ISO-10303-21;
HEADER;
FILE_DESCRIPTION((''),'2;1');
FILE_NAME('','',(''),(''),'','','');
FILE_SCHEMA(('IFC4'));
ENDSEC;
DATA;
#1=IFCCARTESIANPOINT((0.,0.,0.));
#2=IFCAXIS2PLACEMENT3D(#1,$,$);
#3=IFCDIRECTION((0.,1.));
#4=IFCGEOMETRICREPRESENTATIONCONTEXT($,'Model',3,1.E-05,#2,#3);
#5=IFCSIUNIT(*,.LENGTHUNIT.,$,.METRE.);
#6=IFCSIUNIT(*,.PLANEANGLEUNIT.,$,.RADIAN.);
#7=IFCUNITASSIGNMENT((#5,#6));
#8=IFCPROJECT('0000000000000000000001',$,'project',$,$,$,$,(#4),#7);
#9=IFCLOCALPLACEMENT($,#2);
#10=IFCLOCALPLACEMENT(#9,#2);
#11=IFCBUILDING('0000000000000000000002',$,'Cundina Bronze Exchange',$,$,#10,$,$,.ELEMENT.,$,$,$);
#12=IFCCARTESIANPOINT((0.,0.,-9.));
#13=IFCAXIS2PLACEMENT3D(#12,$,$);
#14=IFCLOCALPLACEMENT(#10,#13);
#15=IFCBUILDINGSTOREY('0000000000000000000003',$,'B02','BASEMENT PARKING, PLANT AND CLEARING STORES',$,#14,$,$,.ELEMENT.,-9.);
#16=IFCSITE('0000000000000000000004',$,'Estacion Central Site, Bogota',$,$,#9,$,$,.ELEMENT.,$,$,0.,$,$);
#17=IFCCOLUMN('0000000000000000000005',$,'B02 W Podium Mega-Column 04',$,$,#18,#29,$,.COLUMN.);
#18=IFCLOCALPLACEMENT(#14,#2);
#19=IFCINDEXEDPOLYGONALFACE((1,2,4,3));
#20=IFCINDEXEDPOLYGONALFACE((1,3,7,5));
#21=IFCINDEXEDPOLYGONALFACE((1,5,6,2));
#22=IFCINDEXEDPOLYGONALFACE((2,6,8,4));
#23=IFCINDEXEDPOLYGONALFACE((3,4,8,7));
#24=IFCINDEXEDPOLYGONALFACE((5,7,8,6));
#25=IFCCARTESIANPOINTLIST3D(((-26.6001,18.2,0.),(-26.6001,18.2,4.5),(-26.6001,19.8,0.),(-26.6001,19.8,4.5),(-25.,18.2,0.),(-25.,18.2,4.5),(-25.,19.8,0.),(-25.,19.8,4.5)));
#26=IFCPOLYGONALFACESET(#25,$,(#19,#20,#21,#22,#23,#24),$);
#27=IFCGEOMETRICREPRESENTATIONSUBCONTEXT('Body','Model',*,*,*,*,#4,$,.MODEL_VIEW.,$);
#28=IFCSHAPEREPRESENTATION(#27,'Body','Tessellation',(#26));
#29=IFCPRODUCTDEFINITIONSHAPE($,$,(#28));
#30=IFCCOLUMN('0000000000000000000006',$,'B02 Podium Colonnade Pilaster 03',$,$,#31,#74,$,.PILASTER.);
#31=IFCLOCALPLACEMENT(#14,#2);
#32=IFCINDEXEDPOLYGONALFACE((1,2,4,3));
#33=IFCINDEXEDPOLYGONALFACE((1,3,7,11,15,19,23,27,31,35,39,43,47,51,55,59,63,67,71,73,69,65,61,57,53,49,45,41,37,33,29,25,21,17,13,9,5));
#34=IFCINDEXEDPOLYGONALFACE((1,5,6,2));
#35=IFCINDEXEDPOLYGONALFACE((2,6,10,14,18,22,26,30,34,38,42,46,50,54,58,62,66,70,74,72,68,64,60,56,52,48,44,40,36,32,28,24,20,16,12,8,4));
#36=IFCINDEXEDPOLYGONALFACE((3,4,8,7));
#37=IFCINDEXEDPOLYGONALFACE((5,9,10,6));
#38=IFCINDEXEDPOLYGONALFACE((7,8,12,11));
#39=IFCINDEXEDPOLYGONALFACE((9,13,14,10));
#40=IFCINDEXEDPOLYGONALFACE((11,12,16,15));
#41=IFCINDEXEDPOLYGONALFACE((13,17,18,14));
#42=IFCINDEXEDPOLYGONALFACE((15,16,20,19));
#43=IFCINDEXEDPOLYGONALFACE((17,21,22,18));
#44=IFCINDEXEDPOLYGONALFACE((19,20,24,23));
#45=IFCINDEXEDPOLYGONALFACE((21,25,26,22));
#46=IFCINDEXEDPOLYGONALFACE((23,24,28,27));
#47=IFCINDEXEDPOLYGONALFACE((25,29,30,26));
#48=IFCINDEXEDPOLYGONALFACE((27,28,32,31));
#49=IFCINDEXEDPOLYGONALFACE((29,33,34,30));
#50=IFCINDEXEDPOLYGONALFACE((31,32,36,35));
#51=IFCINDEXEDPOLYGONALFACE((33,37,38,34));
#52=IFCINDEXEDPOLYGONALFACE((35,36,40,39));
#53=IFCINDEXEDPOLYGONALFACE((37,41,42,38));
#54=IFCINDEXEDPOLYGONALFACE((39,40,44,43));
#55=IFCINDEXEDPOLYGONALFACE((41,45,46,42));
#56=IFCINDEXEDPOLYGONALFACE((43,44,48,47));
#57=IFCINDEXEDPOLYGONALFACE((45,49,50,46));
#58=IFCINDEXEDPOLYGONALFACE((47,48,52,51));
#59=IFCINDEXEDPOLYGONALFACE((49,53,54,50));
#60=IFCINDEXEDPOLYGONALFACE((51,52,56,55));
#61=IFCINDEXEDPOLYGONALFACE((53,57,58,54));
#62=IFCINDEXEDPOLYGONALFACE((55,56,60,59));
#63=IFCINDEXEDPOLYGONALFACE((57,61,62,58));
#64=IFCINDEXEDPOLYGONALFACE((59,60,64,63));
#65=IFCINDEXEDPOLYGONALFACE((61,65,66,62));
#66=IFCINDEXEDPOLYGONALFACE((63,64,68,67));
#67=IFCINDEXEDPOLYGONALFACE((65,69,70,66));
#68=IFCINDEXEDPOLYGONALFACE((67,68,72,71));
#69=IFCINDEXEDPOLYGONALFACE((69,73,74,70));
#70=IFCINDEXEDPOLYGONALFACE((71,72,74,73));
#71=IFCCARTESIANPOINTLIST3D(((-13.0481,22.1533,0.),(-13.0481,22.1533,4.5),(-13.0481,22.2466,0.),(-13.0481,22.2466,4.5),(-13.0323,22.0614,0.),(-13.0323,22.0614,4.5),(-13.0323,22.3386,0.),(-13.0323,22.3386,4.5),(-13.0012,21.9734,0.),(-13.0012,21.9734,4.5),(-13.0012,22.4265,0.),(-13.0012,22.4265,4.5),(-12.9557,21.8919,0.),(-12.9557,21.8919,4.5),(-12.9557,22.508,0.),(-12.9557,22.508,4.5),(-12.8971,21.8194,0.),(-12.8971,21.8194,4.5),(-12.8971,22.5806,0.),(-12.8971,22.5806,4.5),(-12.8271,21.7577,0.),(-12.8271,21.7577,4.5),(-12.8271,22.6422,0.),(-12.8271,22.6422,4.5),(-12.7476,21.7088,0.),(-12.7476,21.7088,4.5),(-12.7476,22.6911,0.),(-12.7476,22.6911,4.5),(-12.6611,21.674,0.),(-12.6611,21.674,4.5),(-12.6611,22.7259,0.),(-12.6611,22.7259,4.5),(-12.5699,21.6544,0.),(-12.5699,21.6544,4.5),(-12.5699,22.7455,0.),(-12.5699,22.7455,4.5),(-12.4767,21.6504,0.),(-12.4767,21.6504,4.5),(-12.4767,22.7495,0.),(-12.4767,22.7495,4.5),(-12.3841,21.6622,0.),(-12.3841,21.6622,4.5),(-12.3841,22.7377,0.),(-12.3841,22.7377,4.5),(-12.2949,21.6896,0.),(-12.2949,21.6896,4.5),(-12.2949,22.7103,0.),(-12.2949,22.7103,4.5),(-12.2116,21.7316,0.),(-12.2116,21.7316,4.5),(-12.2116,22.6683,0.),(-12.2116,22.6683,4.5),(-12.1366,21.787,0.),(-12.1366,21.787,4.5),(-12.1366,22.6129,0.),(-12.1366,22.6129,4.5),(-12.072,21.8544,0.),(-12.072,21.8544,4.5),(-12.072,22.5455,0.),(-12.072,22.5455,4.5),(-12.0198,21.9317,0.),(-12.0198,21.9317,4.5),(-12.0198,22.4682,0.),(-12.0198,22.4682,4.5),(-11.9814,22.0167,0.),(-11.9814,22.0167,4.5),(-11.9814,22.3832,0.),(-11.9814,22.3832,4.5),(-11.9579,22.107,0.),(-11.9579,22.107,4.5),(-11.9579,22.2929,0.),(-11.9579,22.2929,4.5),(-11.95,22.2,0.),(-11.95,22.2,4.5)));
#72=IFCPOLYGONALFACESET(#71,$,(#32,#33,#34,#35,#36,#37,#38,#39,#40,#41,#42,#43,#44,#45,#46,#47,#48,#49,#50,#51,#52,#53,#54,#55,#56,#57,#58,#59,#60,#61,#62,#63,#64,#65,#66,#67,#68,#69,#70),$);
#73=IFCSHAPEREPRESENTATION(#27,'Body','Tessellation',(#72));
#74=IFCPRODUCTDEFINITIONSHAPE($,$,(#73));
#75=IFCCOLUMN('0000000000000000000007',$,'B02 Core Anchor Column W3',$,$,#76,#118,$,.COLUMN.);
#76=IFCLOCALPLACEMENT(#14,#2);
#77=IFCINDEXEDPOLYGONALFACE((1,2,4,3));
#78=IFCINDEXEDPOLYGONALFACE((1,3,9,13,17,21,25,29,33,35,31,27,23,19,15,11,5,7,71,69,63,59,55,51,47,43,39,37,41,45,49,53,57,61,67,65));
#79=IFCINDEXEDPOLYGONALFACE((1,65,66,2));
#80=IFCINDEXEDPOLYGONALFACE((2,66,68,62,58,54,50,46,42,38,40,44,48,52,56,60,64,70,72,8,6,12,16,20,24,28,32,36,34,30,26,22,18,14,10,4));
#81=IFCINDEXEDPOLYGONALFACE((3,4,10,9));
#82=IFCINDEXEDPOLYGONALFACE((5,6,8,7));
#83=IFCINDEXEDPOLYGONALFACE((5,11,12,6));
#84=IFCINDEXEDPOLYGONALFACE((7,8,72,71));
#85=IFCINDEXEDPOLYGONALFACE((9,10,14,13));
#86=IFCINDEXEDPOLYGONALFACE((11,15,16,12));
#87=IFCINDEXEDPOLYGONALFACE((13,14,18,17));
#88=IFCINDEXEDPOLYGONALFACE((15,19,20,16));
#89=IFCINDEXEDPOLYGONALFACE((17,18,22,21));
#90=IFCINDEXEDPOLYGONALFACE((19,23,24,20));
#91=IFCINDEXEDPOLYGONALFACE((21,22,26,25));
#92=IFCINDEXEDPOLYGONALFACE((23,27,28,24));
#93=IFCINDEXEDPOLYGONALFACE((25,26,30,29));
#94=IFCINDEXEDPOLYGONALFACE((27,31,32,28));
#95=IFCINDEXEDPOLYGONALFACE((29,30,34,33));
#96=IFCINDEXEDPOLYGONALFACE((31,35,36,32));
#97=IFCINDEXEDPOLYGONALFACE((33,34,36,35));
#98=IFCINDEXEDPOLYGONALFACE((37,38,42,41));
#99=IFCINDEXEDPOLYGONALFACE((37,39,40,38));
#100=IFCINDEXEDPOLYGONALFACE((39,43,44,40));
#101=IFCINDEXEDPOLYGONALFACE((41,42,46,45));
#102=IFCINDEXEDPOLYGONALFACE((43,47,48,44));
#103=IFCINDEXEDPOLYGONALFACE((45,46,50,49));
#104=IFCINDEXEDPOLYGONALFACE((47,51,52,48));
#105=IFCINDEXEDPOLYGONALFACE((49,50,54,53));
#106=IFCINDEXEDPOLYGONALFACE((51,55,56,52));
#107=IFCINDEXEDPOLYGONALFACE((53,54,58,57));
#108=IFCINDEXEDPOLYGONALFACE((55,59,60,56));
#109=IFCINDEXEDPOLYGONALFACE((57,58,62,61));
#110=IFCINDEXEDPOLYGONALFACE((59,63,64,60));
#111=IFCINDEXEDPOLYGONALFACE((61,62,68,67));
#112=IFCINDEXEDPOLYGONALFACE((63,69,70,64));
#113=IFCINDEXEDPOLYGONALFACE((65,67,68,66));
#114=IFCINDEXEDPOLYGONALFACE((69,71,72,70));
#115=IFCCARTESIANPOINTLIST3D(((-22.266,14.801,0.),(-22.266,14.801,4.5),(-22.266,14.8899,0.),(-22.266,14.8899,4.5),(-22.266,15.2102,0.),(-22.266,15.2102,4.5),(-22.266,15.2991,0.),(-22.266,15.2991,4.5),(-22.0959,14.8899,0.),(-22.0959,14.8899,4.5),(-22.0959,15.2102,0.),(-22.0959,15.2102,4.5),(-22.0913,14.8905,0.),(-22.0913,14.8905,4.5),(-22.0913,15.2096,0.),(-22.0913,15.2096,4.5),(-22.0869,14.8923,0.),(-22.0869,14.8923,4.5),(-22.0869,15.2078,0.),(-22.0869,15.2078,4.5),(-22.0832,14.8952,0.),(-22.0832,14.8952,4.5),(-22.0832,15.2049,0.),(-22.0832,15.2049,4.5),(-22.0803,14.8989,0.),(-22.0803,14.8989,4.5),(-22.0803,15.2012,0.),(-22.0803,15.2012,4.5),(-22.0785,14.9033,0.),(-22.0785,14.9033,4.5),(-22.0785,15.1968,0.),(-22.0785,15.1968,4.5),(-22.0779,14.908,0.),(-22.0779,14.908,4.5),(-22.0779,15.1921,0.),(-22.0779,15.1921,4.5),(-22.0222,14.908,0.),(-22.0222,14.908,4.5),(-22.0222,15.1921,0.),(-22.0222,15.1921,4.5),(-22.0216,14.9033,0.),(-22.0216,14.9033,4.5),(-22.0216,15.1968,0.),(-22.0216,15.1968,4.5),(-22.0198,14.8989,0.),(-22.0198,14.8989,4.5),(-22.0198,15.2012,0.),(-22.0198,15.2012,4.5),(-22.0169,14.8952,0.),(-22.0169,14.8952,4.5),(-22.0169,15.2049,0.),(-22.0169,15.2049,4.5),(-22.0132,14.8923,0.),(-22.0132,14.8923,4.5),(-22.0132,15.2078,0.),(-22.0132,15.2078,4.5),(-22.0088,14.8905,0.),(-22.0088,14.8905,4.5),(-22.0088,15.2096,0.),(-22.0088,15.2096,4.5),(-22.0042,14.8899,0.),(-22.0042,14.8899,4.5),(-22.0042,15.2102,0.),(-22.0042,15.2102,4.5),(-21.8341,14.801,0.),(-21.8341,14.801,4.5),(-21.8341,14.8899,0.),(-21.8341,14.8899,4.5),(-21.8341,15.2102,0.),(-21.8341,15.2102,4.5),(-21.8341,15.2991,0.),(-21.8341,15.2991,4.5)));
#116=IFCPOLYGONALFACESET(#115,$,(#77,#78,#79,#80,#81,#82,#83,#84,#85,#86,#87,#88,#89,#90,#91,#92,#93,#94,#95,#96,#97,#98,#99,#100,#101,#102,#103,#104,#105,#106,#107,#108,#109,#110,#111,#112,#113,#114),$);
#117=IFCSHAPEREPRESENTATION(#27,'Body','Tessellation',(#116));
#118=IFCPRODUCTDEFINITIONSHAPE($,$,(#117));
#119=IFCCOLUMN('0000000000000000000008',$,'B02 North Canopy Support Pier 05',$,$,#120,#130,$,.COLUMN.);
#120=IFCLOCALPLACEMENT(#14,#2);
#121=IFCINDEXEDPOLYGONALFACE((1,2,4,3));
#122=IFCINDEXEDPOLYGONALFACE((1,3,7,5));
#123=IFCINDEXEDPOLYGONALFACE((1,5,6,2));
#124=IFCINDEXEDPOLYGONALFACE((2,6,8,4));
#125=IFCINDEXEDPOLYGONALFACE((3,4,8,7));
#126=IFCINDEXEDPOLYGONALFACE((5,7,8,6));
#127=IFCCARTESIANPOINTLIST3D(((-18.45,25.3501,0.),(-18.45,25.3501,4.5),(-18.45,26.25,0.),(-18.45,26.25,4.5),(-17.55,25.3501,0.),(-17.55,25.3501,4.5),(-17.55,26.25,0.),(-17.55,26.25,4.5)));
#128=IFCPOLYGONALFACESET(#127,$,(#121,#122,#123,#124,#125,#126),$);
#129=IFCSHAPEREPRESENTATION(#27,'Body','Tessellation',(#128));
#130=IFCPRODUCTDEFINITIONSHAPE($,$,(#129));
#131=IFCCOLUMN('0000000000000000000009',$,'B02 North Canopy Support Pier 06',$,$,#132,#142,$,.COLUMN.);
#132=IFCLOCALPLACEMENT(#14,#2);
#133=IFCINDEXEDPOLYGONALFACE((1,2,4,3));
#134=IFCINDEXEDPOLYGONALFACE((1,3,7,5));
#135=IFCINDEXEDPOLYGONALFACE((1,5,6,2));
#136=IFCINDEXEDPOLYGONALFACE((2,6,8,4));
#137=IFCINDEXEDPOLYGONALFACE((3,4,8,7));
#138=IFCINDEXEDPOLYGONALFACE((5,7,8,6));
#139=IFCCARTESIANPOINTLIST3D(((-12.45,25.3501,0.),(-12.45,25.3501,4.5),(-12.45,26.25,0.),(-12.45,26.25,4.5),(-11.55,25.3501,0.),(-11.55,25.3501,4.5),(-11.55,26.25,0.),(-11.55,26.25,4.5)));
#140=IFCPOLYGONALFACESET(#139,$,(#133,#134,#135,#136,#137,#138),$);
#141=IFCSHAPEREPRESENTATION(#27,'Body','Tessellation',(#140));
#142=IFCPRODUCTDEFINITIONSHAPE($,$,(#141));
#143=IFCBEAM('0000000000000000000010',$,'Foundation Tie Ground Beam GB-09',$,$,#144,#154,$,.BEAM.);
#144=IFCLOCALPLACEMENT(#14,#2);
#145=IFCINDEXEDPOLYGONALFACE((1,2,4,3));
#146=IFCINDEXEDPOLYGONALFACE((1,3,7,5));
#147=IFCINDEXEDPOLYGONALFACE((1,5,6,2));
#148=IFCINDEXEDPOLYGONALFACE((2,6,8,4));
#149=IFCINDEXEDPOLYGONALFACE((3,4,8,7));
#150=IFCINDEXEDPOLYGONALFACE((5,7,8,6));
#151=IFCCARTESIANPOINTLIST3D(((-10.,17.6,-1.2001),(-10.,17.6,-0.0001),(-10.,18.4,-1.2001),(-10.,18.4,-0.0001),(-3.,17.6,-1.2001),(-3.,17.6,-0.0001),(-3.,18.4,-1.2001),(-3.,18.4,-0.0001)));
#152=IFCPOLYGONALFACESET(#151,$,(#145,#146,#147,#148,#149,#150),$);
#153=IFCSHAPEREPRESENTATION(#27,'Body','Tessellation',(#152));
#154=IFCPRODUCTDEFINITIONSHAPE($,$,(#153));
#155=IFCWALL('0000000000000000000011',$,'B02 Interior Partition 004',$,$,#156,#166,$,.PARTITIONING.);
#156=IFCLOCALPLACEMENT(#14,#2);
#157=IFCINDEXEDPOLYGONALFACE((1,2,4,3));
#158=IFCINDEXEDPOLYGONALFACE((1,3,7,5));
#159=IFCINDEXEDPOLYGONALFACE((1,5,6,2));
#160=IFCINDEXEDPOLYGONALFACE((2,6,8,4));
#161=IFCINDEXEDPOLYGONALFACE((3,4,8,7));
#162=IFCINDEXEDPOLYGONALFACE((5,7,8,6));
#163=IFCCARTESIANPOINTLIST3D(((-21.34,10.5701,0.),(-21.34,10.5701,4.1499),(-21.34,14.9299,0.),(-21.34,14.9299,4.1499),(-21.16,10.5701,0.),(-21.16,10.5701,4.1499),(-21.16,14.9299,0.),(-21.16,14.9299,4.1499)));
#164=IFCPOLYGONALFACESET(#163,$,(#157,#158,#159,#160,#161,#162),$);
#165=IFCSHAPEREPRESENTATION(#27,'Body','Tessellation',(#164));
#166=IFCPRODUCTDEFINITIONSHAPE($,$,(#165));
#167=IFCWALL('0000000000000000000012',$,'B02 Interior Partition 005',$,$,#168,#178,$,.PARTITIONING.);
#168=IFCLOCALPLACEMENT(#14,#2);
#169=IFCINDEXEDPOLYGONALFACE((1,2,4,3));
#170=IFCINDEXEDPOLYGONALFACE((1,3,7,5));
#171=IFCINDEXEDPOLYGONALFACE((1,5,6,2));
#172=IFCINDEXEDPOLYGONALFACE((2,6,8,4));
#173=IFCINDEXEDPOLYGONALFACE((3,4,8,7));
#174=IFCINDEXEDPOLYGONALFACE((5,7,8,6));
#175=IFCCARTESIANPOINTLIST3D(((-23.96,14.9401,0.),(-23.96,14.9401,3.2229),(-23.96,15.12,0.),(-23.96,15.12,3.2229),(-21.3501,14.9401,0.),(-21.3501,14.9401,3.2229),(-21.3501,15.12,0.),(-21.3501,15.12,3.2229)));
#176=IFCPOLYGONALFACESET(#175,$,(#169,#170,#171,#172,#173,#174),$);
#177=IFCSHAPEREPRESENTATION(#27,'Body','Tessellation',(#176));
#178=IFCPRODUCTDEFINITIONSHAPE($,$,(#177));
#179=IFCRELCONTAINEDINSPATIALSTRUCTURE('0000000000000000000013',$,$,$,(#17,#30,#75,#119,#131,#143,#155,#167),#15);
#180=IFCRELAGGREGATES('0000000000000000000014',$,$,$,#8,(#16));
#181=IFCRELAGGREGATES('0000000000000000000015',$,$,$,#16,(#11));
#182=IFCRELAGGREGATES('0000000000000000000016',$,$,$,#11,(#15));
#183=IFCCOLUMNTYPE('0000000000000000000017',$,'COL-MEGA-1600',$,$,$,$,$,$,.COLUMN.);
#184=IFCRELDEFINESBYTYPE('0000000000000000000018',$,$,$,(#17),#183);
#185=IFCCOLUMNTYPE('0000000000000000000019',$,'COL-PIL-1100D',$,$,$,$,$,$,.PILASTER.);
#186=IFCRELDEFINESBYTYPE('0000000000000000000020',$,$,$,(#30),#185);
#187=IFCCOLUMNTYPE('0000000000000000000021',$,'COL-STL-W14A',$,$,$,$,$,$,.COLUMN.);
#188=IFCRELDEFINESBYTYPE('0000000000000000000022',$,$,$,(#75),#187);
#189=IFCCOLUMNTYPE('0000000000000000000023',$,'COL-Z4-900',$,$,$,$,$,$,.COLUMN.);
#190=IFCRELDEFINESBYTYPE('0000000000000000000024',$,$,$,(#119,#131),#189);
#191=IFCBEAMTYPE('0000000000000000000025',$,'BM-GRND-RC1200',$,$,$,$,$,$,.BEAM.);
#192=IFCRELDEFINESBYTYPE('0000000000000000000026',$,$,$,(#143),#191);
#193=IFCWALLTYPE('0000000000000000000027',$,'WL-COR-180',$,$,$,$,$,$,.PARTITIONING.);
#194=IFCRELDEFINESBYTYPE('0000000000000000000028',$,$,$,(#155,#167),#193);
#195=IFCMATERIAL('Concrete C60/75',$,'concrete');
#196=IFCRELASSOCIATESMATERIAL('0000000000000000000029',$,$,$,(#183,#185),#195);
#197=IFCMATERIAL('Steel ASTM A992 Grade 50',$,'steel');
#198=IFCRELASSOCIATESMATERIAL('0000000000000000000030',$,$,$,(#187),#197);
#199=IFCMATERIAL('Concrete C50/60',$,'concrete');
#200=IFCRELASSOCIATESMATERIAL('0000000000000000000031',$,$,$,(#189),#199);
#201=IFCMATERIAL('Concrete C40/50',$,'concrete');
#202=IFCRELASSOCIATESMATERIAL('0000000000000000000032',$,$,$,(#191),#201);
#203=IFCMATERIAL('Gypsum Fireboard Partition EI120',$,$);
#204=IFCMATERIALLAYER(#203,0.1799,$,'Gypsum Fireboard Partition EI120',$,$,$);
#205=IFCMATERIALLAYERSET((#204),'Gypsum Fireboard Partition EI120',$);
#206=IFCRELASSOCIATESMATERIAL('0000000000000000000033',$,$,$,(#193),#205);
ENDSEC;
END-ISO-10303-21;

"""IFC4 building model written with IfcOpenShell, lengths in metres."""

from ifc_helpers import new_model, si_unit, direction, frame, frame_2d, origin, origin_2d, place, context, subcontext, project, spatial, rectangle, circle, i_section, extrude, material, layer, layer_set, material_profile, profile_set, type_object, element, save


model = new_model("IFC4")

# Units and contexts
model_context = context("Model", 3, precision=1e-05, world=origin(), true_north=direction((0.0, 1.0)))
body_context = subcontext(model_context, "Body", "Model", "MODEL_VIEW")
ifc_project = project(units=[si_unit("LENGTHUNIT", "METRE"), si_unit("PLANEANGLEUNIT", "RADIAN")], contexts=[model_context])

# Site, building, storey
site_placement = place(None, origin())
site = spatial("IfcSite", under=ifc_project, at=site_placement, Name="Estacion Central Site, Bogota", CompositionType="ELEMENT", RefElevation=0.0)
building_placement = place(site_placement, origin())
building = spatial("IfcBuilding", under=site, at=building_placement, Name="Cundina Bronze Exchange", CompositionType="ELEMENT")
storey_placement = place(building_placement, frame((0.0, 0.0, -9.0)))
storey = spatial("IfcBuildingStorey", under=building, at=storey_placement, Name="B02", Description="BASEMENT PARKING, PLANT AND CLEARING STORES", CompositionType="ELEMENT", Elevation=-9.0)

# Shared definitions
ifc_material_1 = material(Name="Concrete C40/50", Category="concrete")

# Columns
ifc_material_2 = material(Name="Concrete C60/75", Category="concrete")
ifc_material_profile_1 = material_profile(ifc_material_2, rectangle(XDim=1.6001, YDim=1.6001, at=origin_2d()), Name="RC1600X1600", Category="concrete")
ifc_profile_set_1 = profile_set([ifc_material_profile_1], Name="Concrete C60/75")
column_type_1 = type_object("IfcColumnType", Name="COL-MEGA-1600", PredefinedType="COLUMN", material=ifc_profile_set_1)
column_1_placement = place(storey_placement, frame((-25.8, 19.0, 0.0), z_axis=(0.0, 0.0, 1.0), x_axis=(1.0, 0.0, 0.0)))
element("IfcColumn", 1, at=column_1_placement, inside=storey, type_object=column_type_1, Name="B02 W Podium Mega-Column 04", PredefinedType="COLUMN", context=body_context, shape_type="SweptSolid", body=[
    extrude(rectangle(XDim=1.6001, YDim=1.6001, at=origin_2d()), origin(), (0.0, 0.0, 1.0), 4.5),
])
ifc_material_profile_2 = material_profile(ifc_material_2, circle(Radius=0.55, at=origin_2d()), Name="RC1100D", Category="concrete")
ifc_profile_set_2 = profile_set([ifc_material_profile_2], Name="Concrete C60/75")
column_type_2 = type_object("IfcColumnType", Name="COL-PIL-1100D", PredefinedType="PILASTER", material=ifc_profile_set_2)
column_2_placement = place(storey_placement, frame((-12.5, 22.2, 0.0), z_axis=(0.0, 0.0, 1.0), x_axis=(1.0, 0.0, 0.0)))
element("IfcColumn", 2, at=column_2_placement, inside=storey, type_object=column_type_2, Name="B02 Podium Colonnade Pilaster 03", PredefinedType="PILASTER", context=body_context, shape_type="SweptSolid", body=[
    extrude(circle(Radius=0.55, at=origin_2d()), origin(), (0.0, 0.0, 1.0), 4.5),
])
ifc_material_3 = material(Name="Steel ASTM A992 Grade 50", Category="steel")
ifc_material_profile_3 = material_profile(ifc_material_3, i_section(OverallWidth=0.4319, OverallDepth=0.498, WebThickness=0.0557, FlangeThickness=0.0889, FilletRadius=0.0181, at=origin_2d()), Name="W14X500", Category="steel")
ifc_profile_set_3 = profile_set([ifc_material_profile_3], Name="Steel ASTM A992 Grade 50")
column_type_3 = type_object("IfcColumnType", Name="COL-STL-W14A", PredefinedType="COLUMN", material=ifc_profile_set_3)
column_3_placement = place(storey_placement, frame((-22.05, 15.05, 0.0), z_axis=(0.0, 0.0, 1.0), x_axis=(1.0, 0.0, 0.0)))
element("IfcColumn", 3, at=column_3_placement, inside=storey, type_object=column_type_3, Name="B02 Core Anchor Column W3", PredefinedType="COLUMN", context=body_context, shape_type="SweptSolid", body=[
    extrude(i_section(OverallWidth=0.4319, OverallDepth=0.498, WebThickness=0.0557, FlangeThickness=0.0889, FilletRadius=0.0181, at=origin_2d()), origin(), (0.0, 0.0, 1.0), 4.5),
])
ifc_material_4 = material(Name="Concrete C50/60", Category="concrete")
ifc_material_profile_4 = material_profile(ifc_material_4, rectangle(XDim=0.8999, YDim=0.8999, at=origin_2d()), Name="RC900X900", Category="concrete")
ifc_profile_set_4 = profile_set([ifc_material_profile_4], Name="Concrete C50/60")
column_type_4 = type_object("IfcColumnType", Name="COL-Z4-900", PredefinedType="COLUMN", material=ifc_profile_set_4)
for number, where, z_axis, x_axis, name in (
    (4, (-18.0, 25.8, 0.0), (0.0, 0.0, 1.0), (1.0, 0.0, 0.0), "B02 North Canopy Support Pier 05"),
    (5, (-12.0, 25.8, 0.0), (0.0, 0.0, 1.0), (1.0, 0.0, 0.0), "B02 North Canopy Support Pier 06"),
):
    element("IfcColumn", number, at=place(storey_placement, frame(where, z_axis=z_axis, x_axis=x_axis)), inside=storey, type_object=column_type_4, Name=name, PredefinedType="COLUMN", context=body_context, shape_type="SweptSolid", body=[
        extrude(rectangle(XDim=0.8999, YDim=0.8999, at=origin_2d()), origin(), (0.0, 0.0, 1.0), 4.5),
    ])

# Beam
ifc_material_profile_5 = material_profile(ifc_material_1, rectangle(XDim=0.8, YDim=1.2, at=origin_2d()), Name="RC800X1200", Category="concrete")
ifc_profile_set_5 = profile_set([ifc_material_profile_5], Name="Concrete C40/50")
beam_type = type_object("IfcBeamType", Name="BM-GRND-RC1200", PredefinedType="BEAM", material=ifc_profile_set_5)
beam_placement = place(storey_placement, frame((-10.0, 18.0, -0.6001), z_axis=(1.0, 0.0, 0.0), x_axis=(0.0, 1.0, 0.0)))
element("IfcBeam", 6, at=beam_placement, inside=storey, type_object=beam_type, Name="Foundation Tie Ground Beam GB-09", PredefinedType="BEAM", context=body_context, shape_type="SweptSolid", body=[
    extrude(rectangle(XDim=0.8, YDim=1.2, at=origin_2d()), origin(), (0.0, 0.0, 1.0), 7.0),
])

# Walls
ifc_material_5 = material(Name="Gypsum Fireboard Partition EI120")
ifc_layer_1 = layer(ifc_material_5, 0.1799, Name="Gypsum Fireboard Partition EI120")
ifc_layer_set_1 = layer_set([ifc_layer_1], Name="Gypsum Fireboard Partition EI120")
wall_type_1 = type_object("IfcWallType", Name="WL-COR-180", PredefinedType="PARTITIONING", material=ifc_layer_set_1)
wall_1_placement = place(storey_placement, frame((-21.25, 10.5701, 0.0), z_axis=(0.0, 0.0, 1.0), x_axis=(0.0, 1.0, 0.0)))
element("IfcWall", 7, at=wall_1_placement, inside=storey, type_object=wall_type_1, Name="B02 Interior Partition 004", PredefinedType="PARTITIONING", context=body_context, shape_type="SweptSolid", body=[
    extrude(rectangle(XDim=4.3599, YDim=0.1799, at=frame_2d((2.1799, 0.0))), origin(), (0.0, 0.0, 1.0), 4.1499),
])
wall_2_placement = place(storey_placement, frame((-23.96, 15.03, 0.0), z_axis=(0.0, 0.0, 1.0), x_axis=(1.0, 0.0, 0.0)))
element("IfcWall", 8, at=wall_2_placement, inside=storey, type_object=wall_type_1, Name="B02 Interior Partition 005", PredefinedType="PARTITIONING", context=body_context, shape_type="SweptSolid", body=[
    extrude(rectangle(XDim=2.6099, YDim=0.1799, at=frame_2d((1.3049, 0.0))), origin(), (0.0, 0.0, 1.0), 3.2229),
])

save(model, "model.ifc")
